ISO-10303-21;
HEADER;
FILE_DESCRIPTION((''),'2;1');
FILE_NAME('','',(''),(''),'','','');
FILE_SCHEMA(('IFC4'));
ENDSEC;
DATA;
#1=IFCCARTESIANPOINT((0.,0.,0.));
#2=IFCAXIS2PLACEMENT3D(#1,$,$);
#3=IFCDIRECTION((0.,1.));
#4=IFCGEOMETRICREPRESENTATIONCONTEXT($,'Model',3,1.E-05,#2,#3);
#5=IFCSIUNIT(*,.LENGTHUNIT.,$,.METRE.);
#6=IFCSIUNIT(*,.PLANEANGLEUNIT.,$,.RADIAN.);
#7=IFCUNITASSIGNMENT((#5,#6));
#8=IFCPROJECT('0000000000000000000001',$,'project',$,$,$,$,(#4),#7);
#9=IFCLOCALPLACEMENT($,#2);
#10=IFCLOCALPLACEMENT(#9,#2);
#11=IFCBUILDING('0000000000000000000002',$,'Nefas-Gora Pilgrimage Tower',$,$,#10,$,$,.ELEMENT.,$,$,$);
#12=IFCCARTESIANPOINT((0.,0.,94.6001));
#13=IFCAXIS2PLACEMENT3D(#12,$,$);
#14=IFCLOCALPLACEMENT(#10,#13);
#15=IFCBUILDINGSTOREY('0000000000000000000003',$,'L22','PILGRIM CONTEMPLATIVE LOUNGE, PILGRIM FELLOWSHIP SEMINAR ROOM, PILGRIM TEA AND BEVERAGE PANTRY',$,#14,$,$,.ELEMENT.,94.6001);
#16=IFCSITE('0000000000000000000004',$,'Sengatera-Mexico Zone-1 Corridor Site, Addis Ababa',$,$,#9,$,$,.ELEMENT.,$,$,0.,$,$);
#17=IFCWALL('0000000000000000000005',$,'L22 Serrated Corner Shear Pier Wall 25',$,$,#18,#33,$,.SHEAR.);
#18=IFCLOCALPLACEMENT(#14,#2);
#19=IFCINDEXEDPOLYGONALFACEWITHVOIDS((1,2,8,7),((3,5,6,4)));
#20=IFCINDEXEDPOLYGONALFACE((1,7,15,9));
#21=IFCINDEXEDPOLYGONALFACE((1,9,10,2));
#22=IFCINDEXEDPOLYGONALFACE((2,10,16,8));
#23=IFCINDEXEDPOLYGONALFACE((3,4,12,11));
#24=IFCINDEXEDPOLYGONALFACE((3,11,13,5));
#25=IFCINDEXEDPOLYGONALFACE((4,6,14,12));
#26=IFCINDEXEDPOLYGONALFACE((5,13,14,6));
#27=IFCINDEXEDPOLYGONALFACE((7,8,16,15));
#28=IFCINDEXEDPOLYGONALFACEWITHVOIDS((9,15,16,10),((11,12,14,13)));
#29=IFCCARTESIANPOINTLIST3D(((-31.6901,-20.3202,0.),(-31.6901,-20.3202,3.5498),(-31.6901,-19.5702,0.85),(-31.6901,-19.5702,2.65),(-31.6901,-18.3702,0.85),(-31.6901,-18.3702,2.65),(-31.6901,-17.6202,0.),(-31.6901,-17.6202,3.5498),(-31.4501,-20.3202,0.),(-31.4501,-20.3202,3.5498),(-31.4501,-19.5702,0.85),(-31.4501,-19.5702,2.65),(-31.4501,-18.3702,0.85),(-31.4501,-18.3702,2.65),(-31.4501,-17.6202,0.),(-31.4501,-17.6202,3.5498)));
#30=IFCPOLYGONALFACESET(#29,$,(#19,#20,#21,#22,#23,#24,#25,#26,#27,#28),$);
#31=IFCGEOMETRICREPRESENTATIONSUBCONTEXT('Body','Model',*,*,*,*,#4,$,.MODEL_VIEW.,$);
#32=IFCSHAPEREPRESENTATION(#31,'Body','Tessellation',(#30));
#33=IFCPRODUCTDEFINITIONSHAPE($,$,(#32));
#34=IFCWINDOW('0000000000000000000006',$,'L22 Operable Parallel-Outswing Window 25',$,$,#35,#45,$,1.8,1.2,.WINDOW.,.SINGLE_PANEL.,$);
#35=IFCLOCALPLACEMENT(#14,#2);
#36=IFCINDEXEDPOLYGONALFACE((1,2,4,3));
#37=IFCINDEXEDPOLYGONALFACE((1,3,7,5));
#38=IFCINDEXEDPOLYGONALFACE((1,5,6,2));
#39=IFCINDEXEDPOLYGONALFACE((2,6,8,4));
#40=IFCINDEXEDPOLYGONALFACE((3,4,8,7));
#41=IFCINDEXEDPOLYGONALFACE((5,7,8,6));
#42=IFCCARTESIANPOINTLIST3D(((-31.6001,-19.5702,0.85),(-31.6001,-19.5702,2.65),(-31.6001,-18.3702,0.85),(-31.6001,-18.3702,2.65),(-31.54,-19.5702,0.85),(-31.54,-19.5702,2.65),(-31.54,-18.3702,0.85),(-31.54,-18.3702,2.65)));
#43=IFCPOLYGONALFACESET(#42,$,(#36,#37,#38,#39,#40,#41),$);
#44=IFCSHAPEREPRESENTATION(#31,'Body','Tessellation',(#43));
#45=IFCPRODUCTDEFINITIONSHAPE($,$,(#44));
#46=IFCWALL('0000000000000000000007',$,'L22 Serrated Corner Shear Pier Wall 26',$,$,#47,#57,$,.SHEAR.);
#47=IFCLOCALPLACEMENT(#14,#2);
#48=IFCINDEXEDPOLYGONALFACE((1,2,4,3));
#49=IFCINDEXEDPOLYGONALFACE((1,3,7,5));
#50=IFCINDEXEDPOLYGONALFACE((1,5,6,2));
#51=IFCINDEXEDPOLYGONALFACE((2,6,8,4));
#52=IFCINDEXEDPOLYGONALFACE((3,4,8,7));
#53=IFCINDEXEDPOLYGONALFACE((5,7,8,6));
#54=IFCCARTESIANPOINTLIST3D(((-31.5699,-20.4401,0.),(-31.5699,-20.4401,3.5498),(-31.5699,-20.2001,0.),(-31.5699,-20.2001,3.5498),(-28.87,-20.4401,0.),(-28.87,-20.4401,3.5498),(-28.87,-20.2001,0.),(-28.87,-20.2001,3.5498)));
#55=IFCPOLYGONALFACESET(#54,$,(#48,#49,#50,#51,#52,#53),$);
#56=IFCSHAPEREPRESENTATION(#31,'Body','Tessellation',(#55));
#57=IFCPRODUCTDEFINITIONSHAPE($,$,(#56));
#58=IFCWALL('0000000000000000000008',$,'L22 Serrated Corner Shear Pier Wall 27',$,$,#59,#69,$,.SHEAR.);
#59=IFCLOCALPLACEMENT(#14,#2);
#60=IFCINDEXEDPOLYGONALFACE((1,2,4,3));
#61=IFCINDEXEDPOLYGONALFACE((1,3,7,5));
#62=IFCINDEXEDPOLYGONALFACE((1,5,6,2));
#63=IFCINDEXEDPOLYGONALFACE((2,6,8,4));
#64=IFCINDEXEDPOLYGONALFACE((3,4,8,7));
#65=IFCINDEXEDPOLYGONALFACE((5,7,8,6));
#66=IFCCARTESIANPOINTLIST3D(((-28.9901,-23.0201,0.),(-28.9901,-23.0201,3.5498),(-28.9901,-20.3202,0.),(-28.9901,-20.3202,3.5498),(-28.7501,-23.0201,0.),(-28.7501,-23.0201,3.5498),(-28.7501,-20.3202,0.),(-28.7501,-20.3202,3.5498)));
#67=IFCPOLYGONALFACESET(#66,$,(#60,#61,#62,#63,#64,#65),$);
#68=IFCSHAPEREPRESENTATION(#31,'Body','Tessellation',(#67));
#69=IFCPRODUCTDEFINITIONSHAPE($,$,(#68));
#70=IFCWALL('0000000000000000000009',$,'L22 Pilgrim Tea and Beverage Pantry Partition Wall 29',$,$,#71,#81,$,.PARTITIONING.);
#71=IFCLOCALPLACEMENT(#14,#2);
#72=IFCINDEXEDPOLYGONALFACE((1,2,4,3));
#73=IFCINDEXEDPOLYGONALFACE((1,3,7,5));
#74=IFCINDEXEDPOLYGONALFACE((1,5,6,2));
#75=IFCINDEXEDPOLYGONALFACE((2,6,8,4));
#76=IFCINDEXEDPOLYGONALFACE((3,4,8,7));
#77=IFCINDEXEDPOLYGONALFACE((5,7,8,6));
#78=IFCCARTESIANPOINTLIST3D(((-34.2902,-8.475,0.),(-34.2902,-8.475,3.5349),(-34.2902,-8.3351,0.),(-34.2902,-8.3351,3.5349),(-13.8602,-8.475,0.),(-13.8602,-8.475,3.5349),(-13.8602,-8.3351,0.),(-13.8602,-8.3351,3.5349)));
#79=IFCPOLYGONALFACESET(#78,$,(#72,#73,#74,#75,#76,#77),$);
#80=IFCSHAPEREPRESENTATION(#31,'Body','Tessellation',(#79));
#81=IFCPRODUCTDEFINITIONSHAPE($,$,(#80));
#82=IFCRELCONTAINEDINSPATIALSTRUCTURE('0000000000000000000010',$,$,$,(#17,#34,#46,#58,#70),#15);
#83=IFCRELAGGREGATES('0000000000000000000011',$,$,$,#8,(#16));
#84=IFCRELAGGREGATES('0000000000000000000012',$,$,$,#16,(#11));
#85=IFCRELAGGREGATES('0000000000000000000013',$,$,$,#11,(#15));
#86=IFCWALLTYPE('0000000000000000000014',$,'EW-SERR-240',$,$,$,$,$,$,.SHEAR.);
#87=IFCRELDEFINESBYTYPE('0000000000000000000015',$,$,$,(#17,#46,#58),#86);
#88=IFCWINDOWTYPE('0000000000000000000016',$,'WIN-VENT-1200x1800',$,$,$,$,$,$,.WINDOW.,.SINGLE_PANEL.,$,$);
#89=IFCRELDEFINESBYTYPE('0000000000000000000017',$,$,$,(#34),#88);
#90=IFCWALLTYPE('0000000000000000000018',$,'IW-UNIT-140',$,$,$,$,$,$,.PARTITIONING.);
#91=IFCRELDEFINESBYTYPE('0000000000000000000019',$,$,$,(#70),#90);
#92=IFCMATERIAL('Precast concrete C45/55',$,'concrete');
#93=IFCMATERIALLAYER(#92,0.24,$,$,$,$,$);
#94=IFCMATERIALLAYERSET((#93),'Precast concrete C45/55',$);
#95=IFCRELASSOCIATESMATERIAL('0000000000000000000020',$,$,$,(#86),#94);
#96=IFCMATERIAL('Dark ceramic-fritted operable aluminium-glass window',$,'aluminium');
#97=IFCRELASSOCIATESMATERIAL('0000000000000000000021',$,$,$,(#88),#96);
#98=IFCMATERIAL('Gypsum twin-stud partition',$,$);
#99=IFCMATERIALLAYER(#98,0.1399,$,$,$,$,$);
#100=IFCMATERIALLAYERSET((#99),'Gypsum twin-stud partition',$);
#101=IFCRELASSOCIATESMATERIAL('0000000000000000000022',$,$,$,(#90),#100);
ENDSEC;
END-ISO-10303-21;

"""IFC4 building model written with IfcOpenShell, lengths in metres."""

from ifc_helpers import new_model, si_unit, direction, frame, frame_2d, origin, place, context, subcontext, project, spatial, rectangle, extrude, source, transform, mapped, material, layer, layer_set, type_object, element, fill, save


model = new_model("IFC4")

# Units and contexts
model_context = context("Model", 3, precision=1e-05, world=origin(), true_north=direction((0.0, 1.0)))
body_context = subcontext(model_context, "Body", "Model", "MODEL_VIEW")
ifc_project = project(units=[si_unit("LENGTHUNIT", "METRE"), si_unit("PLANEANGLEUNIT", "RADIAN")], contexts=[model_context])

# Site, building, storey
site_placement = place(None, origin())
site = spatial("IfcSite", under=ifc_project, at=site_placement, Name="Sengatera-Mexico Zone-1 Corridor Site, Addis Ababa", CompositionType="ELEMENT", RefElevation=0.0)
building_placement = place(site_placement, origin())
building = spatial("IfcBuilding", under=site, at=building_placement, Name="Nefas-Gora Pilgrimage Tower", CompositionType="ELEMENT")
storey_placement = place(building_placement, frame((0.0, 0.0, 94.6001)))
storey = spatial("IfcBuildingStorey", under=building, at=storey_placement, Name="L22", Description="PILGRIM CONTEMPLATIVE LOUNGE, PILGRIM FELLOWSHIP SEMINAR ROOM, PILGRIM TEA AND BEVERAGE PANTRY", CompositionType="ELEMENT", Elevation=94.6001)

# Shared definitions
ifc_material_1 = material(Name="Precast concrete C45/55", Category="concrete")
ifc_layer_1 = layer(ifc_material_1, 0.24)
ifc_layer_set_1 = layer_set([ifc_layer_1], Name="Precast concrete C45/55")
wall_type_1 = type_object("IfcWallType", Name="EW-SERR-240", PredefinedType="SHEAR", material=ifc_layer_set_1)
shared_shape_1 = source(origin(), body_context, "Body", "SweptSolid", [
    extrude(rectangle(XDim=2.7, YDim=0.24, at=frame_2d((1.3501, 0.0))), origin(), (0.0, 0.0, 1.0), 3.5498),
])

# Wall, opening, window
wall_1_placement = place(storey_placement, frame((-31.5701, -17.6201, 0.0), z_axis=(0.0, 0.0, 1.0), x_axis=(0.0, -1.0, 0.0)))
wall_1 = element("IfcWall", 1, at=wall_1_placement, inside=storey, type_object=wall_type_1, Name="L22 Serrated Corner Shear Pier Wall 25", PredefinedType="SHEAR", context=body_context, shape_type="MappedRepresentation", body=[
    mapped(shared_shape_1, transform((0.0, 0.0, 0.0), x_axis=(1.0, 0.0, 0.0), y_axis=(0.0, 1.0, 0.0), z_axis=(0.0, 0.0, 1.0), scale=1.0)),
])
opening_placement = place(wall_1_placement, frame((0.75, 0.0, 0.8501)))
opening = element("IfcOpeningElement", 2, at=opening_placement, cuts=wall_1, PredefinedType="OPENING", context=body_context, shape_type="SweptSolid", body=[
    extrude(rectangle(XDim=1.2, YDim=1.8, at=frame_2d((0.6001, 0.8999))), frame((0.0, 0.1299, 0.0), z_axis=(0.0, -1.0, 0.0), x_axis=(1.0, 0.0, 0.0)), (0.0, 0.0, 1.0), 0.26),
])
ifc_material_2 = material(Name="Dark ceramic-fritted operable aluminium-glass window", Category="aluminium")
window_type = type_object("IfcWindowType", Name="WIN-VENT-1200x1800", PartitioningType="SINGLE_PANEL", PredefinedType="WINDOW", material=ifc_material_2)
shared_shape_2 = source(origin(), body_context, "Body", "SweptSolid", [
    extrude(rectangle(XDim=1.2, YDim=1.8, at=frame_2d((0.6001, 0.8999))), frame((0.0, 0.03, 0.0), z_axis=(0.0, -1.0, 0.0), x_axis=(1.0, 0.0, 0.0)), (0.0, 0.0, 1.0), 0.0601),
])
window_placement = place(opening_placement, origin())
window = element("IfcWindow", 3, at=window_placement, inside=storey, type_object=window_type, Name="L22 Operable Parallel-Outswing Window 25", OverallHeight=1.8, OverallWidth=1.2, PartitioningType="SINGLE_PANEL", PredefinedType="WINDOW", context=body_context, shape_type="MappedRepresentation", body=[
    mapped(shared_shape_2, transform((0.0, 0.0, 0.0), x_axis=(1.0, 0.0, 0.0), y_axis=(0.0, 1.0, 0.0), z_axis=(0.0, 0.0, 1.0), scale=1.0)),
])
fill(opening, window)

# Walls
for number, where, z_axis, x_axis, name in (
    (4, (-31.5701, -20.3201, 0.0), (0.0, 0.0, 1.0), (1.0, 0.0, 0.0), "L22 Serrated Corner Shear Pier Wall 26"),
    (5, (-28.8701, -20.3201, 0.0), (0.0, 0.0, 1.0), (0.0, -1.0, 0.0), "L22 Serrated Corner Shear Pier Wall 27"),
):
    element("IfcWall", number, at=place(storey_placement, frame(where, z_axis=z_axis, x_axis=x_axis)), inside=storey, type_object=wall_type_1, Name=name, PredefinedType="SHEAR", context=body_context, shape_type="MappedRepresentation", body=[
        mapped(shared_shape_1, transform((0.0, 0.0, 0.0), x_axis=(1.0, 0.0, 0.0), y_axis=(0.0, 1.0, 0.0), z_axis=(0.0, 0.0, 1.0), scale=1.0)),
    ])
ifc_material_3 = material(Name="Gypsum twin-stud partition")
ifc_layer_2 = layer(ifc_material_3, 0.1399)
ifc_layer_set_2 = layer_set([ifc_layer_2], Name="Gypsum twin-stud partition")
wall_type_2 = type_object("IfcWallType", Name="IW-UNIT-140", PredefinedType="PARTITIONING", material=ifc_layer_set_2)
shared_shape_3 = source(origin(), body_context, "Body", "SweptSolid", [
    extrude(rectangle(XDim=20.4299, YDim=0.1399, at=frame_2d((10.2148, 0.0))), origin(), (0.0, 0.0, 1.0), 3.5349),
])
wall_2_placement = place(storey_placement, frame((-34.29, -8.405, 0.0), z_axis=(0.0, 0.0, 1.0), x_axis=(1.0, 0.0, 0.0)))
element("IfcWall", 6, at=wall_2_placement, inside=storey, type_object=wall_type_2, Name="L22 Pilgrim Tea and Beverage Pantry Partition Wall 29", PredefinedType="PARTITIONING", context=body_context, shape_type="MappedRepresentation", body=[
    mapped(shared_shape_3, transform((0.0, 0.0, 0.0), x_axis=(1.0, 0.0, 0.0), y_axis=(0.0, 1.0, 0.0), z_axis=(0.0, 0.0, 1.0), scale=1.0)),
])

save(model, "model.ifc")
